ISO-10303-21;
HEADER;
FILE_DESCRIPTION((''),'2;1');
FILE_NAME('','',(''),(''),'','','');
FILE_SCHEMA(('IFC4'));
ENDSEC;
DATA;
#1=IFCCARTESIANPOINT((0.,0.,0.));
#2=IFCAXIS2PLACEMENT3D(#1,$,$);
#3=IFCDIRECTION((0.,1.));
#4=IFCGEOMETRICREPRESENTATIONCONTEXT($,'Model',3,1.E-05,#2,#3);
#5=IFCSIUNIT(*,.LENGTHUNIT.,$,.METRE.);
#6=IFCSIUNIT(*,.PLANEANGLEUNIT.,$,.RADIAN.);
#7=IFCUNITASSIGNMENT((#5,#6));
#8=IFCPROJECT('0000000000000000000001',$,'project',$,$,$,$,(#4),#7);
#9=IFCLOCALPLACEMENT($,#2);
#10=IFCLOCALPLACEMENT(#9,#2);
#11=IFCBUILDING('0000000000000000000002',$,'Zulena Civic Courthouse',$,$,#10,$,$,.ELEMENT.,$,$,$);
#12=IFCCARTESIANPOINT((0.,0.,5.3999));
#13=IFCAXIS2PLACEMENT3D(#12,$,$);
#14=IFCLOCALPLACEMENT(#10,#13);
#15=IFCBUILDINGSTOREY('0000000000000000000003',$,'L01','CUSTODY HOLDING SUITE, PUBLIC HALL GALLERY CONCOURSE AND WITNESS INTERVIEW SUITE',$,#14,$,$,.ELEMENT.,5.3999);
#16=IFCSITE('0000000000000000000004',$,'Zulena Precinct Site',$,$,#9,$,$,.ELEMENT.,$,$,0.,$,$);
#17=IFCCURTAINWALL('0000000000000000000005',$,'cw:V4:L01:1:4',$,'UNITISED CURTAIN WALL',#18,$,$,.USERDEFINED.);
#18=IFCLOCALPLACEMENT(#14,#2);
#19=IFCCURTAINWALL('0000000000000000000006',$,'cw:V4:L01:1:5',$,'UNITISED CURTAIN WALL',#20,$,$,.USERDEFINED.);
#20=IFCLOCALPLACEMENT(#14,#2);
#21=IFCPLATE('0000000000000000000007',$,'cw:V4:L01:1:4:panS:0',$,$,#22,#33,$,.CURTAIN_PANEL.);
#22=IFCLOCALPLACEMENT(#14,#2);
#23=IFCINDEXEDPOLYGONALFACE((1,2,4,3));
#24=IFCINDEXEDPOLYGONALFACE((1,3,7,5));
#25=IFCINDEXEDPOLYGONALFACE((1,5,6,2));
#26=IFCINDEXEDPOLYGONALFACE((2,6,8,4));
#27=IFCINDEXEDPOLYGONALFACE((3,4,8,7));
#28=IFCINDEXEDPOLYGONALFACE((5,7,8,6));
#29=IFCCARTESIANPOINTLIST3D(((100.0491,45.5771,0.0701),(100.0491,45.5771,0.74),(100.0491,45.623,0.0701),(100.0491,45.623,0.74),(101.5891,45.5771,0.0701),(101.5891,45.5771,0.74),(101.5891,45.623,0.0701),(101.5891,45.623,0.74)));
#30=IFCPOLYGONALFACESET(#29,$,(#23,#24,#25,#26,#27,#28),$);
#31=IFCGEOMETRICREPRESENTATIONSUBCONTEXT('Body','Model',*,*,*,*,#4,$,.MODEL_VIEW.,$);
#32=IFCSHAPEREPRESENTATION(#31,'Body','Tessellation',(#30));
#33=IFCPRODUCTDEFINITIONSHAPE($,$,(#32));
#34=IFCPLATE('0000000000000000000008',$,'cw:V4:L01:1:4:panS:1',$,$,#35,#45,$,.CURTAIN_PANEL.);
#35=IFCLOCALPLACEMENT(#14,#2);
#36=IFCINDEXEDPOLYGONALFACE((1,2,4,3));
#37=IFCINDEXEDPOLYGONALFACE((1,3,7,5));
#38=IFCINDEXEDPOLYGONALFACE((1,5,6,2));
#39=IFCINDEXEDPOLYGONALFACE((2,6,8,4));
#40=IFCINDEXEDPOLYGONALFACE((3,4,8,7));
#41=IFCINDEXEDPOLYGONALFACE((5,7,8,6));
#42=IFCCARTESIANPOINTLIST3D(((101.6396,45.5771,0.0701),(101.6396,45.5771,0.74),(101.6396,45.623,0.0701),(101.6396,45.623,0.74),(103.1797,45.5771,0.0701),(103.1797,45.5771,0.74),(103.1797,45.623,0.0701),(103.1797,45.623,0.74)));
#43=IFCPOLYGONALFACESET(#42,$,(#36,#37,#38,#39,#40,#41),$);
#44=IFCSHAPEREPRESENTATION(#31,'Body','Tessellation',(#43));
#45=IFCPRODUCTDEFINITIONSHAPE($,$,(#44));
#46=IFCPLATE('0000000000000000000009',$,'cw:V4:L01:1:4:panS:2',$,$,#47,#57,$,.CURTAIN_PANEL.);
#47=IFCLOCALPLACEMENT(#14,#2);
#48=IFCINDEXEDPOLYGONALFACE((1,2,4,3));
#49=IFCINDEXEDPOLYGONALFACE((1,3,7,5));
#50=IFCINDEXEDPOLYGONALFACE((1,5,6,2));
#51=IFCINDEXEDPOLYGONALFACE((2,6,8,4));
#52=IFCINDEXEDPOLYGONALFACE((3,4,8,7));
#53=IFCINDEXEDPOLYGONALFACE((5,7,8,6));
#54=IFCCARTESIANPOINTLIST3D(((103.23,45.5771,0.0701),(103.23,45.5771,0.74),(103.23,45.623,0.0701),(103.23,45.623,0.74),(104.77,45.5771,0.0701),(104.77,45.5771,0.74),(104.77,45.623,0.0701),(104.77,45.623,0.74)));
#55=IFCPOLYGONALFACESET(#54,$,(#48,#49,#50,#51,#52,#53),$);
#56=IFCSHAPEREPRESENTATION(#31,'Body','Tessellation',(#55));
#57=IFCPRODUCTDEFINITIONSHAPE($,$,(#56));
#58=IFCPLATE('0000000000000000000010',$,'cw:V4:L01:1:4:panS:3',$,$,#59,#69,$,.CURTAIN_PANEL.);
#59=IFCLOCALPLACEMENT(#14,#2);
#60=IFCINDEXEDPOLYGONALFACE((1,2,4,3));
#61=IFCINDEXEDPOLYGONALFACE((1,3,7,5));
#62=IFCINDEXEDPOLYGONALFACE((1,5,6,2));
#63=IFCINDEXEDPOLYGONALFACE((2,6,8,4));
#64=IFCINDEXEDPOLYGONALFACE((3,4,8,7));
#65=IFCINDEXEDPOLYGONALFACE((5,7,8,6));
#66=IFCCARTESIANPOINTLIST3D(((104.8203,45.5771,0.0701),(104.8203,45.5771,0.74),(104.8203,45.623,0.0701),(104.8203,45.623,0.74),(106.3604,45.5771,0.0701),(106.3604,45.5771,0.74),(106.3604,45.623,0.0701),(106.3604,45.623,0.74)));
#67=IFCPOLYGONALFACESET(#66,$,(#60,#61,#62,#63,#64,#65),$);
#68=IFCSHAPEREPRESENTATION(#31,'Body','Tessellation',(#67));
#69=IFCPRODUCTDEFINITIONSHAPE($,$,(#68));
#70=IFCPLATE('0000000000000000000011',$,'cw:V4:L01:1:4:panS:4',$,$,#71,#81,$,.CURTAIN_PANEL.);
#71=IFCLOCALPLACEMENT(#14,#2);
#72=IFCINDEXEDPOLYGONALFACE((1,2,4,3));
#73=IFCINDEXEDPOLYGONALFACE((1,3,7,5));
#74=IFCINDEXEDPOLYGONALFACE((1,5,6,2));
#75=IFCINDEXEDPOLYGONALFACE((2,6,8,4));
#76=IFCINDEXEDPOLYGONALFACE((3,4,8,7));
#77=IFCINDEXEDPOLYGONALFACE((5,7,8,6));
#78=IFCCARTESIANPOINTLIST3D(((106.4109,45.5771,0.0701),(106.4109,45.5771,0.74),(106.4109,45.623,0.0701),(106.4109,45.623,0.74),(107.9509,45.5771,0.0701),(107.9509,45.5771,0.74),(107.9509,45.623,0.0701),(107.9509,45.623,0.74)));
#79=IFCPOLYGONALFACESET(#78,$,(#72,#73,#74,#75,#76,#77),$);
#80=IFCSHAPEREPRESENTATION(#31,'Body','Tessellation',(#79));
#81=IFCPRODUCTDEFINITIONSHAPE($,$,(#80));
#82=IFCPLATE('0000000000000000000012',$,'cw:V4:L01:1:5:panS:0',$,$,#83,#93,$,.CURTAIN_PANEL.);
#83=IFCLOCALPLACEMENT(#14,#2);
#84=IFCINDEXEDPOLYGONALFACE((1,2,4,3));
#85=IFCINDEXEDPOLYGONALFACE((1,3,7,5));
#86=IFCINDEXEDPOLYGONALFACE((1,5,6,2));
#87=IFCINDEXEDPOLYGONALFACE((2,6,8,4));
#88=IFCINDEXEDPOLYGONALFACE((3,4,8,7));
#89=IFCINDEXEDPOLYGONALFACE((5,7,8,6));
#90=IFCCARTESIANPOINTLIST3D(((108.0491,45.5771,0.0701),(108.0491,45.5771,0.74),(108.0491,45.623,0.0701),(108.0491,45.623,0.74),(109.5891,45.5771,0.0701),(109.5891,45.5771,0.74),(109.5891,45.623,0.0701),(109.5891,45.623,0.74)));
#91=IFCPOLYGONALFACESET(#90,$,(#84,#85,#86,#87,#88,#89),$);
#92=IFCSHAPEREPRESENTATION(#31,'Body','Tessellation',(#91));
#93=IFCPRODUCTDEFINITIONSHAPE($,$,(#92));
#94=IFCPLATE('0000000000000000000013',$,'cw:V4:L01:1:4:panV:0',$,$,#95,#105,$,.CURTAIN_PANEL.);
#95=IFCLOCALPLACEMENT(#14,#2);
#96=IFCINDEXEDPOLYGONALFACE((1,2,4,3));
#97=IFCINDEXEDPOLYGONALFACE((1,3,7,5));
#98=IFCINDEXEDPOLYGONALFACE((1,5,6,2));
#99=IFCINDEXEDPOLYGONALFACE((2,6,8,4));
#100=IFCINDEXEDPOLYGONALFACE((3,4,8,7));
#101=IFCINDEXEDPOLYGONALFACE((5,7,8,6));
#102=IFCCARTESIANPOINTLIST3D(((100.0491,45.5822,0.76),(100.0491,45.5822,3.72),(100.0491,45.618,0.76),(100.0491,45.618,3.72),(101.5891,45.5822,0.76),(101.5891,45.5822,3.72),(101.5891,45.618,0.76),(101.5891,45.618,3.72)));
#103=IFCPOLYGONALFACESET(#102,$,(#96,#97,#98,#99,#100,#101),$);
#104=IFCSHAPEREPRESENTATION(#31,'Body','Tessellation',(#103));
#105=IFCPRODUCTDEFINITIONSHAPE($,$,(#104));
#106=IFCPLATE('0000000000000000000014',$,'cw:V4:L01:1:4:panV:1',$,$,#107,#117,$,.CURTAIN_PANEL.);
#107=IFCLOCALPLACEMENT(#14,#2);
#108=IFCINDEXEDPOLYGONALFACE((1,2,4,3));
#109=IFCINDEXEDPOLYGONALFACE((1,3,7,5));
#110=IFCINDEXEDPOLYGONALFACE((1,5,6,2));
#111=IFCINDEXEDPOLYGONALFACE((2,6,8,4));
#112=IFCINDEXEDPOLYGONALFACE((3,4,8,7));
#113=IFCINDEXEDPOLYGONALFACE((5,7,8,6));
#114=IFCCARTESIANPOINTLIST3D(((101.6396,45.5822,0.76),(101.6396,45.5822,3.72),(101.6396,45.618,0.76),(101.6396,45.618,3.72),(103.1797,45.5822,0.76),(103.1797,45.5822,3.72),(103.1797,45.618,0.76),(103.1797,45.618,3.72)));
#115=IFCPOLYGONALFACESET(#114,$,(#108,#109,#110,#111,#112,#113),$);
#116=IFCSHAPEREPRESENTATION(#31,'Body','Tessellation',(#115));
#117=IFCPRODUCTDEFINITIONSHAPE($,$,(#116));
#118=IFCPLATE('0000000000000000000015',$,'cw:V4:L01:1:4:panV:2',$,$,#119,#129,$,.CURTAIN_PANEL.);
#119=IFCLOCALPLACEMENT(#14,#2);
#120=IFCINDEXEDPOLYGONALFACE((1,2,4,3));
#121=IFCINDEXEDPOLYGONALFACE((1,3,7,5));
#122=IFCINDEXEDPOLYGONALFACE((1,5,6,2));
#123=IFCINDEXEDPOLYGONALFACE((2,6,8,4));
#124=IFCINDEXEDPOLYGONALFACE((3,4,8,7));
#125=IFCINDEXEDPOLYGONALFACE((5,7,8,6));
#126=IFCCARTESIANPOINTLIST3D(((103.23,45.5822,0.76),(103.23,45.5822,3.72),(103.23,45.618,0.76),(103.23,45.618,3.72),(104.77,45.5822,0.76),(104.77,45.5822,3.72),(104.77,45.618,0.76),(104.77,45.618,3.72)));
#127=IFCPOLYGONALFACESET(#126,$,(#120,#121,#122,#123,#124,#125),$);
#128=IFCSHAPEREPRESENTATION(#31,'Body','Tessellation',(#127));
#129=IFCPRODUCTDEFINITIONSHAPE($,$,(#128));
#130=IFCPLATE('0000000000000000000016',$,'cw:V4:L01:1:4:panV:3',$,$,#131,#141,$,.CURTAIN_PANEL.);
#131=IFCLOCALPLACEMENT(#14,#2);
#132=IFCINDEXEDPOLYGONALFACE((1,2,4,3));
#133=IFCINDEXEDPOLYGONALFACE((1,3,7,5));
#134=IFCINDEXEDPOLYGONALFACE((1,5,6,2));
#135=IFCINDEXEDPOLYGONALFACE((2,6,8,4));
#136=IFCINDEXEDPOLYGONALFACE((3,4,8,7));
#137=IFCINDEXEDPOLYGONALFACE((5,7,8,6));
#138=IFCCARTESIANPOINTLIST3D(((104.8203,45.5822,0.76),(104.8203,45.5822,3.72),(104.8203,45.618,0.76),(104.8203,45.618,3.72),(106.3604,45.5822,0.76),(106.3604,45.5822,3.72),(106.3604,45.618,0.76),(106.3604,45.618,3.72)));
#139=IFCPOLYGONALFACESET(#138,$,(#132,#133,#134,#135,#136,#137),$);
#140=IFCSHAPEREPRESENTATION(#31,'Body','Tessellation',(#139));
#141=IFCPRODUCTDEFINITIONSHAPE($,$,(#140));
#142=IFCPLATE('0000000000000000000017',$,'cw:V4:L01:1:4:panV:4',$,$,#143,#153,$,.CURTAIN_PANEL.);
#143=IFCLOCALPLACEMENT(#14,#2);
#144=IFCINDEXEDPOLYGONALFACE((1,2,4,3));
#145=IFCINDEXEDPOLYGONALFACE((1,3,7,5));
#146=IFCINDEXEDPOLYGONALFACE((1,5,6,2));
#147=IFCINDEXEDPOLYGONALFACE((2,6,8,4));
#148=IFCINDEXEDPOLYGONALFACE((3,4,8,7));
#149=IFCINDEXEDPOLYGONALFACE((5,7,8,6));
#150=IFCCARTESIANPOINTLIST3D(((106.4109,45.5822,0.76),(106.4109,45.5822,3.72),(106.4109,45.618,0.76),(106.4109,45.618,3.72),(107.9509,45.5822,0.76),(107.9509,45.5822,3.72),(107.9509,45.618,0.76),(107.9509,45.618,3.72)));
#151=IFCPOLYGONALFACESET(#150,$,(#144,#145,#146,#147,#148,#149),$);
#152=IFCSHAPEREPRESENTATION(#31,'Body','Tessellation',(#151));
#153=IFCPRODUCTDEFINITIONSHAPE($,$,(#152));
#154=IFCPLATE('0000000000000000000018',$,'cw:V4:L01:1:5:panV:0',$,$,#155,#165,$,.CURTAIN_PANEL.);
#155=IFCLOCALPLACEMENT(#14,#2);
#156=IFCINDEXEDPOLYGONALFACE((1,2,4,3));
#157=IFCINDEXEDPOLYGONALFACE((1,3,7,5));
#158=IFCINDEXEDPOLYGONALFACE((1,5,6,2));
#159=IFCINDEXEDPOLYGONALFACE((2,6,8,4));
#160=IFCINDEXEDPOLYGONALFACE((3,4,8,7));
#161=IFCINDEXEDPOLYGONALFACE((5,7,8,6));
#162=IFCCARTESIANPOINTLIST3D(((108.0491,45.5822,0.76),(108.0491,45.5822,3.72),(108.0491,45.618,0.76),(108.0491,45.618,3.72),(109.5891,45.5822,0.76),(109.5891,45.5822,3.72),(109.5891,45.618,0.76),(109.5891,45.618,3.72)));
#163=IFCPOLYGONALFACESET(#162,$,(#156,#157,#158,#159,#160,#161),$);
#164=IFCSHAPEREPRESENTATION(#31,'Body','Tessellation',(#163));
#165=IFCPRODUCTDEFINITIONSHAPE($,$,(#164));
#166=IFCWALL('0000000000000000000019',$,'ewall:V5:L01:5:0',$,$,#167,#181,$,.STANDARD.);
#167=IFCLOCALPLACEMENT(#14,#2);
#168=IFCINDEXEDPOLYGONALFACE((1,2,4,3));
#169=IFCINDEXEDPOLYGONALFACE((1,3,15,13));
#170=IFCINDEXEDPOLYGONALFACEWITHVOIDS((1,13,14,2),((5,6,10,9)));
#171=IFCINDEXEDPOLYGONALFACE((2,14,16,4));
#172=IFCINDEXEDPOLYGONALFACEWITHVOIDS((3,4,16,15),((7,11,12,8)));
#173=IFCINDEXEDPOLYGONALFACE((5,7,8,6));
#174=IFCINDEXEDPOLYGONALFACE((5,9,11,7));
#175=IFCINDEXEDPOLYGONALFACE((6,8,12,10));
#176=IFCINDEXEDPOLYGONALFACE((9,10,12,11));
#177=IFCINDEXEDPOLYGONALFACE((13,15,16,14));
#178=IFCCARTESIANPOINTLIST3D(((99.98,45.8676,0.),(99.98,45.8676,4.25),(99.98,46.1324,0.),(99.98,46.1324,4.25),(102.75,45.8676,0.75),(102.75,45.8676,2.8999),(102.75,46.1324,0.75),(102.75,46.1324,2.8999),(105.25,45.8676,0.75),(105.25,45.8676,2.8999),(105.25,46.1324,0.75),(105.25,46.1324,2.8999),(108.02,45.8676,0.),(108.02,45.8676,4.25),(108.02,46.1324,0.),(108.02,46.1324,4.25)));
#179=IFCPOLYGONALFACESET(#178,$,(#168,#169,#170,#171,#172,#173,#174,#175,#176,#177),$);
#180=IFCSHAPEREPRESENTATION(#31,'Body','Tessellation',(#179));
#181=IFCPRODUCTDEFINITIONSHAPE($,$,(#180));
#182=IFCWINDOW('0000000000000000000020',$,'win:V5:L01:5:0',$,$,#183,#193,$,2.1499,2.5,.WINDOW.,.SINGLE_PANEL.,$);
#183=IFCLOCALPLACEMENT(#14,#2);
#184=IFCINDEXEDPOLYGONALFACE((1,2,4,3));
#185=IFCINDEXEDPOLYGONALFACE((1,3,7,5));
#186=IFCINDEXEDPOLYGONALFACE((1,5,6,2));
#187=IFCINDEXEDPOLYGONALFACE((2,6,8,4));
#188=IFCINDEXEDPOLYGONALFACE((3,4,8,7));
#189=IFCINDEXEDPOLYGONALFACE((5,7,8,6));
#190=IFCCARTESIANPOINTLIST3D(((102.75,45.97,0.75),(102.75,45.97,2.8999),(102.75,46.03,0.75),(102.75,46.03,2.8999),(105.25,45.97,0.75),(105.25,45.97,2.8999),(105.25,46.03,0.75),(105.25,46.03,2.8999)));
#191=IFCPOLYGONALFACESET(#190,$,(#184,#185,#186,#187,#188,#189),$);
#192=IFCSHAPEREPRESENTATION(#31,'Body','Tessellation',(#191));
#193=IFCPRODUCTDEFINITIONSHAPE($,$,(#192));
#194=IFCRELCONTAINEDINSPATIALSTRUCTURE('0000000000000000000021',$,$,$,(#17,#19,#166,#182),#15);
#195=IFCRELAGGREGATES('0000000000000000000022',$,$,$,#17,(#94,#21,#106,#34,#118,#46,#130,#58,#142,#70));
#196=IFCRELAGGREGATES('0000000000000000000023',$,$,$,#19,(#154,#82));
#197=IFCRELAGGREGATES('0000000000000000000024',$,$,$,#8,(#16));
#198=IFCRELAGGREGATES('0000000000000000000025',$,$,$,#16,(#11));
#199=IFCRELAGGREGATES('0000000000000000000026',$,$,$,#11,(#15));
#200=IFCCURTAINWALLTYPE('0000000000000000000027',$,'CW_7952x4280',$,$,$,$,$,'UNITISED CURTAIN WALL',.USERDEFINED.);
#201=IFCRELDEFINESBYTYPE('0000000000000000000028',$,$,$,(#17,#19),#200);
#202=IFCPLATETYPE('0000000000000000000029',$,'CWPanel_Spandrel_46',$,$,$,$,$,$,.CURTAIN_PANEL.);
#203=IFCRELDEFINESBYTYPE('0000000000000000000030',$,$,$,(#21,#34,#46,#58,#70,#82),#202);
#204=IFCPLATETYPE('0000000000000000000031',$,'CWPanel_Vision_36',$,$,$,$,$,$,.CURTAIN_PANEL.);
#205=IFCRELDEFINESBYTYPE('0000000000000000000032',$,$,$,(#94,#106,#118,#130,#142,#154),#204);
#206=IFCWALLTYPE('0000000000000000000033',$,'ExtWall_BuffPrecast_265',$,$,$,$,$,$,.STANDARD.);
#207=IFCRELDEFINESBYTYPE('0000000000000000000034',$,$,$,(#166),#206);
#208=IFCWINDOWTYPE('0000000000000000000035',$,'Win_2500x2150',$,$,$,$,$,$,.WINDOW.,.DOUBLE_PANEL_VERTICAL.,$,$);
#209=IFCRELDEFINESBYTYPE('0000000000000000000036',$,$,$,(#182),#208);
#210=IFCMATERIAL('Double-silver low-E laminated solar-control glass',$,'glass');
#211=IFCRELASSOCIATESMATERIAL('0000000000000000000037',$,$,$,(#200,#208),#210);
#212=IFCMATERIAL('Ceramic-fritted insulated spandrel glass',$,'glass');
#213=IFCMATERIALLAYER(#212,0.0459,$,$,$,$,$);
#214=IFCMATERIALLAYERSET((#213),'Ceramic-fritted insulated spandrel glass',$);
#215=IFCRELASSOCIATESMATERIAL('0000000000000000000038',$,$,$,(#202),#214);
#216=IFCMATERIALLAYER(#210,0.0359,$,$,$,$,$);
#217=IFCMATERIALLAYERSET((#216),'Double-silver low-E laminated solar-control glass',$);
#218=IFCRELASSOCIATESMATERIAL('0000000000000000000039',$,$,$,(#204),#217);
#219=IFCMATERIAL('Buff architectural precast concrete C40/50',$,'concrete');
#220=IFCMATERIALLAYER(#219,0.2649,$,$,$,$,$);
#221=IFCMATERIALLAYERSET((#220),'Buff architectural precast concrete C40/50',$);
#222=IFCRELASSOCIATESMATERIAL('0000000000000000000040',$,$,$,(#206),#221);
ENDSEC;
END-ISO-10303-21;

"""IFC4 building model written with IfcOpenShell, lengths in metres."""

from ifc_helpers import new_model, si_unit, direction, frame, frame_2d, origin, origin_2d, place, context, subcontext, project, spatial, rectangle, extrude, material, layer, layer_set, type_object, element, fill, aggregate, save


model = new_model("IFC4")

# Units and contexts
model_context = context("Model", 3, precision=1e-05, world=origin(), true_north=direction((0.0, 1.0)))
body_context = subcontext(model_context, "Body", "Model", "MODEL_VIEW")
ifc_project = project(units=[si_unit("LENGTHUNIT", "METRE"), si_unit("PLANEANGLEUNIT", "RADIAN")], contexts=[model_context])

# Site, building, storey
site_placement = place(None, origin())
site = spatial("IfcSite", under=ifc_project, at=site_placement, Name="Zulena Precinct Site", CompositionType="ELEMENT", RefElevation=0.0)
building_placement = place(site_placement, origin())
building = spatial("IfcBuilding", under=site, at=building_placement, Name="Zulena Civic Courthouse", CompositionType="ELEMENT")
storey_placement = place(building_placement, frame((0.0, 0.0, 5.3999)))
storey = spatial("IfcBuildingStorey", under=building, at=storey_placement, Name="L01", Description="CUSTODY HOLDING SUITE, PUBLIC HALL GALLERY CONCOURSE AND WITNESS INTERVIEW SUITE", CompositionType="ELEMENT", Elevation=5.3999)

# Curtain walls
ifc_material_1 = material(Name="Double-silver low-E laminated solar-control glass", Category="glass")
curtain_wall_type = type_object("IfcCurtainWallType", Name="CW_7952x4280", ElementType="UNITISED CURTAIN WALL", PredefinedType="USERDEFINED", material=ifc_material_1)
curtain_wall_1_placement = place(storey_placement, origin())
curtain_wall_1 = element("IfcCurtainWall", 1, at=curtain_wall_1_placement, inside=storey, type_object=curtain_wall_type, Name="cw:V4:L01:1:4", ObjectType="UNITISED CURTAIN WALL", PredefinedType="USERDEFINED")
curtain_wall_2_placement = place(storey_placement, origin())
curtain_wall_2 = element("IfcCurtainWall", 2, at=curtain_wall_2_placement, inside=storey, type_object=curtain_wall_type, Name="cw:V4:L01:1:5", ObjectType="UNITISED CURTAIN WALL", PredefinedType="USERDEFINED")

# Plates
ifc_material_2 = material(Name="Ceramic-fritted insulated spandrel glass", Category="glass")
ifc_layer_1 = layer(ifc_material_2, 0.0459)
ifc_layer_set_1 = layer_set([ifc_layer_1], Name="Ceramic-fritted insulated spandrel glass")
plate_type_1 = type_object("IfcPlateType", Name="CWPanel_Spandrel_46", PredefinedType="CURTAIN_PANEL", material=ifc_layer_set_1)
plate_1_placement = place(storey_placement, frame((100.8191, 45.6001, 0.0701), z_axis=(0.0, 0.0, 1.0), x_axis=(1.0, 0.0, 0.0)))
plate_1 = element("IfcPlate", 3, at=plate_1_placement, type_object=plate_type_1, Name="cw:V4:L01:1:4:panS:0", PredefinedType="CURTAIN_PANEL", context=body_context, shape_type="SweptSolid", body=[
    extrude(rectangle(XDim=1.54, YDim=0.0459, at=origin_2d()), origin(), (0.0, 0.0, 1.0), 0.6699),
])
plate_2_placement = place(storey_placement, frame((102.4097, 45.6001, 0.0701), z_axis=(0.0, 0.0, 1.0), x_axis=(1.0, 0.0, 0.0)))
plate_2 = element("IfcPlate", 4, at=plate_2_placement, type_object=plate_type_1, Name="cw:V4:L01:1:4:panS:1", PredefinedType="CURTAIN_PANEL", context=body_context, shape_type="SweptSolid", body=[
    extrude(rectangle(XDim=1.54, YDim=0.0459, at=origin_2d()), origin(), (0.0, 0.0, 1.0), 0.6699),
])
plate_3_placement = place(storey_placement, frame((104.0, 45.6001, 0.0701), z_axis=(0.0, 0.0, 1.0), x_axis=(1.0, 0.0, 0.0)))
plate_3 = element("IfcPlate", 5, at=plate_3_placement, type_object=plate_type_1, Name="cw:V4:L01:1:4:panS:2", PredefinedType="CURTAIN_PANEL", context=body_context, shape_type="SweptSolid", body=[
    extrude(rectangle(XDim=1.54, YDim=0.0459, at=origin_2d()), origin(), (0.0, 0.0, 1.0), 0.6699),
])
plate_4_placement = place(storey_placement, frame((105.5903, 45.6001, 0.0701), z_axis=(0.0, 0.0, 1.0), x_axis=(1.0, 0.0, 0.0)))
plate_4 = element("IfcPlate", 6, at=plate_4_placement, type_object=plate_type_1, Name="cw:V4:L01:1:4:panS:3", PredefinedType="CURTAIN_PANEL", context=body_context, shape_type="SweptSolid", body=[
    extrude(rectangle(XDim=1.54, YDim=0.0459, at=origin_2d()), origin(), (0.0, 0.0, 1.0), 0.6699),
])
plate_5_placement = place(storey_placement, frame((107.1809, 45.6001, 0.0701), z_axis=(0.0, 0.0, 1.0), x_axis=(1.0, 0.0, 0.0)))
plate_5 = element("IfcPlate", 7, at=plate_5_placement, type_object=plate_type_1, Name="cw:V4:L01:1:4:panS:4", PredefinedType="CURTAIN_PANEL", context=body_context, shape_type="SweptSolid", body=[
    extrude(rectangle(XDim=1.54, YDim=0.0459, at=origin_2d()), origin(), (0.0, 0.0, 1.0), 0.6699),
])
plate_6_placement = place(storey_placement, frame((108.8191, 45.6001, 0.0701), z_axis=(0.0, 0.0, 1.0), x_axis=(1.0, 0.0, 0.0)))
plate_6 = element("IfcPlate", 8, at=plate_6_placement, type_object=plate_type_1, Name="cw:V4:L01:1:5:panS:0", PredefinedType="CURTAIN_PANEL", context=body_context, shape_type="SweptSolid", body=[
    extrude(rectangle(XDim=1.54, YDim=0.0459, at=origin_2d()), origin(), (0.0, 0.0, 1.0), 0.6699),
])
ifc_layer_2 = layer(ifc_material_1, 0.0359)
ifc_layer_set_2 = layer_set([ifc_layer_2], Name="Double-silver low-E laminated solar-control glass")
plate_type_2 = type_object("IfcPlateType", Name="CWPanel_Vision_36", PredefinedType="CURTAIN_PANEL", material=ifc_layer_set_2)
plate_7_placement = place(storey_placement, frame((100.8191, 45.6001, 0.76), z_axis=(0.0, 0.0, 1.0), x_axis=(1.0, 0.0, 0.0)))
plate_7 = element("IfcPlate", 9, at=plate_7_placement, type_object=plate_type_2, Name="cw:V4:L01:1:4:panV:0", PredefinedType="CURTAIN_PANEL", context=body_context, shape_type="SweptSolid", body=[
    extrude(rectangle(XDim=1.54, YDim=0.0359, at=origin_2d()), origin(), (0.0, 0.0, 1.0), 2.96),
])
plate_8_placement = place(storey_placement, frame((102.4097, 45.6001, 0.76), z_axis=(0.0, 0.0, 1.0), x_axis=(1.0, 0.0, 0.0)))
plate_8 = element("IfcPlate", 10, at=plate_8_placement, type_object=plate_type_2, Name="cw:V4:L01:1:4:panV:1", PredefinedType="CURTAIN_PANEL", context=body_context, shape_type="SweptSolid", body=[
    extrude(rectangle(XDim=1.54, YDim=0.0359, at=origin_2d()), origin(), (0.0, 0.0, 1.0), 2.96),
])
plate_9_placement = place(storey_placement, frame((104.0, 45.6001, 0.76), z_axis=(0.0, 0.0, 1.0), x_axis=(1.0, 0.0, 0.0)))
plate_9 = element("IfcPlate", 11, at=plate_9_placement, type_object=plate_type_2, Name="cw:V4:L01:1:4:panV:2", PredefinedType="CURTAIN_PANEL", context=body_context, shape_type="SweptSolid", body=[
    extrude(rectangle(XDim=1.54, YDim=0.0359, at=origin_2d()), origin(), (0.0, 0.0, 1.0), 2.96),
])
plate_10_placement = place(storey_placement, frame((105.5903, 45.6001, 0.76), z_axis=(0.0, 0.0, 1.0), x_axis=(1.0, 0.0, 0.0)))
plate_10 = element("IfcPlate", 12, at=plate_10_placement, type_object=plate_type_2, Name="cw:V4:L01:1:4:panV:3", PredefinedType="CURTAIN_PANEL", context=body_context, shape_type="SweptSolid", body=[
    extrude(rectangle(XDim=1.54, YDim=0.0359, at=origin_2d()), origin(), (0.0, 0.0, 1.0), 2.96),
])
plate_11_placement = place(storey_placement, frame((107.1809, 45.6001, 0.76), z_axis=(0.0, 0.0, 1.0), x_axis=(1.0, 0.0, 0.0)))
plate_11 = element("IfcPlate", 13, at=plate_11_placement, type_object=plate_type_2, Name="cw:V4:L01:1:4:panV:4", PredefinedType="CURTAIN_PANEL", context=body_context, shape_type="SweptSolid", body=[
    extrude(rectangle(XDim=1.54, YDim=0.0359, at=origin_2d()), origin(), (0.0, 0.0, 1.0), 2.96),
])
aggregate(curtain_wall_1, [plate_7, plate_1, plate_8, plate_2, plate_9, plate_3, plate_10, plate_4, plate_11, plate_5])
plate_12_placement = place(storey_placement, frame((108.8191, 45.6001, 0.76), z_axis=(0.0, 0.0, 1.0), x_axis=(1.0, 0.0, 0.0)))
plate_12 = element("IfcPlate", 14, at=plate_12_placement, type_object=plate_type_2, Name="cw:V4:L01:1:5:panV:0", PredefinedType="CURTAIN_PANEL", context=body_context, shape_type="SweptSolid", body=[
    extrude(rectangle(XDim=1.54, YDim=0.0359, at=origin_2d()), origin(), (0.0, 0.0, 1.0), 2.96),
])
aggregate(curtain_wall_2, [plate_12, plate_6])

# Wall, opening, window
ifc_material_3 = material(Name="Buff architectural precast concrete C40/50", Category="concrete")
ifc_layer_3 = layer(ifc_material_3, 0.2649)
ifc_layer_set_3 = layer_set([ifc_layer_3], Name="Buff architectural precast concrete C40/50")
wall_type = type_object("IfcWallType", Name="ExtWall_BuffPrecast_265", PredefinedType="STANDARD", material=ifc_layer_set_3)
wall_placement = place(storey_placement, frame((108.02, 46.0, 0.0), z_axis=(0.0, 0.0, 1.0), x_axis=(-1.0, 0.0, 0.0)))
wall = element("IfcWall", 15, at=wall_placement, inside=storey, type_object=wall_type, Name="ewall:V5:L01:5:0", PredefinedType="STANDARD", context=body_context, shape_type="SweptSolid", body=[
    extrude(rectangle(XDim=8.04, YDim=0.2649, at=frame_2d((4.02, 0.0))), origin(), (0.0, 0.0, 1.0), 4.25),
])
opening_placement = place(wall_placement, frame((2.77, 0.0, 0.75)))
opening = element("IfcOpeningElement", 16, at=opening_placement, cuts=wall, PredefinedType="OPENING", context=body_context, shape_type="SweptSolid", body=[
    extrude(rectangle(XDim=2.5, YDim=2.1499, at=frame_2d((1.25, 1.075))), frame((0.0, 0.1423, 0.0), z_axis=(0.0, -1.0, 0.0), x_axis=(1.0, 0.0, 0.0)), (0.0, 0.0, 1.0), 0.2849),
])
window_type = type_object("IfcWindowType", Name="Win_2500x2150", PartitioningType="DOUBLE_PANEL_VERTICAL", PredefinedType="WINDOW", material=ifc_material_1)
window_placement = place(opening_placement, origin())
window = element("IfcWindow", 17, at=window_placement, inside=storey, type_object=window_type, Name="win:V5:L01:5:0", OverallHeight=2.1499, OverallWidth=2.5, PartitioningType="SINGLE_PANEL", PredefinedType="WINDOW", context=body_context, shape_type="SweptSolid", body=[
    extrude(rectangle(XDim=2.5, YDim=2.1499, at=frame_2d((1.25, 1.075))), frame((0.0, 0.03, 0.0), z_axis=(0.0, -1.0, 0.0), x_axis=(1.0, 0.0, 0.0)), (0.0, 0.0, 1.0), 0.0601),
])
fill(opening, window)

save(model, "model.ifc")
